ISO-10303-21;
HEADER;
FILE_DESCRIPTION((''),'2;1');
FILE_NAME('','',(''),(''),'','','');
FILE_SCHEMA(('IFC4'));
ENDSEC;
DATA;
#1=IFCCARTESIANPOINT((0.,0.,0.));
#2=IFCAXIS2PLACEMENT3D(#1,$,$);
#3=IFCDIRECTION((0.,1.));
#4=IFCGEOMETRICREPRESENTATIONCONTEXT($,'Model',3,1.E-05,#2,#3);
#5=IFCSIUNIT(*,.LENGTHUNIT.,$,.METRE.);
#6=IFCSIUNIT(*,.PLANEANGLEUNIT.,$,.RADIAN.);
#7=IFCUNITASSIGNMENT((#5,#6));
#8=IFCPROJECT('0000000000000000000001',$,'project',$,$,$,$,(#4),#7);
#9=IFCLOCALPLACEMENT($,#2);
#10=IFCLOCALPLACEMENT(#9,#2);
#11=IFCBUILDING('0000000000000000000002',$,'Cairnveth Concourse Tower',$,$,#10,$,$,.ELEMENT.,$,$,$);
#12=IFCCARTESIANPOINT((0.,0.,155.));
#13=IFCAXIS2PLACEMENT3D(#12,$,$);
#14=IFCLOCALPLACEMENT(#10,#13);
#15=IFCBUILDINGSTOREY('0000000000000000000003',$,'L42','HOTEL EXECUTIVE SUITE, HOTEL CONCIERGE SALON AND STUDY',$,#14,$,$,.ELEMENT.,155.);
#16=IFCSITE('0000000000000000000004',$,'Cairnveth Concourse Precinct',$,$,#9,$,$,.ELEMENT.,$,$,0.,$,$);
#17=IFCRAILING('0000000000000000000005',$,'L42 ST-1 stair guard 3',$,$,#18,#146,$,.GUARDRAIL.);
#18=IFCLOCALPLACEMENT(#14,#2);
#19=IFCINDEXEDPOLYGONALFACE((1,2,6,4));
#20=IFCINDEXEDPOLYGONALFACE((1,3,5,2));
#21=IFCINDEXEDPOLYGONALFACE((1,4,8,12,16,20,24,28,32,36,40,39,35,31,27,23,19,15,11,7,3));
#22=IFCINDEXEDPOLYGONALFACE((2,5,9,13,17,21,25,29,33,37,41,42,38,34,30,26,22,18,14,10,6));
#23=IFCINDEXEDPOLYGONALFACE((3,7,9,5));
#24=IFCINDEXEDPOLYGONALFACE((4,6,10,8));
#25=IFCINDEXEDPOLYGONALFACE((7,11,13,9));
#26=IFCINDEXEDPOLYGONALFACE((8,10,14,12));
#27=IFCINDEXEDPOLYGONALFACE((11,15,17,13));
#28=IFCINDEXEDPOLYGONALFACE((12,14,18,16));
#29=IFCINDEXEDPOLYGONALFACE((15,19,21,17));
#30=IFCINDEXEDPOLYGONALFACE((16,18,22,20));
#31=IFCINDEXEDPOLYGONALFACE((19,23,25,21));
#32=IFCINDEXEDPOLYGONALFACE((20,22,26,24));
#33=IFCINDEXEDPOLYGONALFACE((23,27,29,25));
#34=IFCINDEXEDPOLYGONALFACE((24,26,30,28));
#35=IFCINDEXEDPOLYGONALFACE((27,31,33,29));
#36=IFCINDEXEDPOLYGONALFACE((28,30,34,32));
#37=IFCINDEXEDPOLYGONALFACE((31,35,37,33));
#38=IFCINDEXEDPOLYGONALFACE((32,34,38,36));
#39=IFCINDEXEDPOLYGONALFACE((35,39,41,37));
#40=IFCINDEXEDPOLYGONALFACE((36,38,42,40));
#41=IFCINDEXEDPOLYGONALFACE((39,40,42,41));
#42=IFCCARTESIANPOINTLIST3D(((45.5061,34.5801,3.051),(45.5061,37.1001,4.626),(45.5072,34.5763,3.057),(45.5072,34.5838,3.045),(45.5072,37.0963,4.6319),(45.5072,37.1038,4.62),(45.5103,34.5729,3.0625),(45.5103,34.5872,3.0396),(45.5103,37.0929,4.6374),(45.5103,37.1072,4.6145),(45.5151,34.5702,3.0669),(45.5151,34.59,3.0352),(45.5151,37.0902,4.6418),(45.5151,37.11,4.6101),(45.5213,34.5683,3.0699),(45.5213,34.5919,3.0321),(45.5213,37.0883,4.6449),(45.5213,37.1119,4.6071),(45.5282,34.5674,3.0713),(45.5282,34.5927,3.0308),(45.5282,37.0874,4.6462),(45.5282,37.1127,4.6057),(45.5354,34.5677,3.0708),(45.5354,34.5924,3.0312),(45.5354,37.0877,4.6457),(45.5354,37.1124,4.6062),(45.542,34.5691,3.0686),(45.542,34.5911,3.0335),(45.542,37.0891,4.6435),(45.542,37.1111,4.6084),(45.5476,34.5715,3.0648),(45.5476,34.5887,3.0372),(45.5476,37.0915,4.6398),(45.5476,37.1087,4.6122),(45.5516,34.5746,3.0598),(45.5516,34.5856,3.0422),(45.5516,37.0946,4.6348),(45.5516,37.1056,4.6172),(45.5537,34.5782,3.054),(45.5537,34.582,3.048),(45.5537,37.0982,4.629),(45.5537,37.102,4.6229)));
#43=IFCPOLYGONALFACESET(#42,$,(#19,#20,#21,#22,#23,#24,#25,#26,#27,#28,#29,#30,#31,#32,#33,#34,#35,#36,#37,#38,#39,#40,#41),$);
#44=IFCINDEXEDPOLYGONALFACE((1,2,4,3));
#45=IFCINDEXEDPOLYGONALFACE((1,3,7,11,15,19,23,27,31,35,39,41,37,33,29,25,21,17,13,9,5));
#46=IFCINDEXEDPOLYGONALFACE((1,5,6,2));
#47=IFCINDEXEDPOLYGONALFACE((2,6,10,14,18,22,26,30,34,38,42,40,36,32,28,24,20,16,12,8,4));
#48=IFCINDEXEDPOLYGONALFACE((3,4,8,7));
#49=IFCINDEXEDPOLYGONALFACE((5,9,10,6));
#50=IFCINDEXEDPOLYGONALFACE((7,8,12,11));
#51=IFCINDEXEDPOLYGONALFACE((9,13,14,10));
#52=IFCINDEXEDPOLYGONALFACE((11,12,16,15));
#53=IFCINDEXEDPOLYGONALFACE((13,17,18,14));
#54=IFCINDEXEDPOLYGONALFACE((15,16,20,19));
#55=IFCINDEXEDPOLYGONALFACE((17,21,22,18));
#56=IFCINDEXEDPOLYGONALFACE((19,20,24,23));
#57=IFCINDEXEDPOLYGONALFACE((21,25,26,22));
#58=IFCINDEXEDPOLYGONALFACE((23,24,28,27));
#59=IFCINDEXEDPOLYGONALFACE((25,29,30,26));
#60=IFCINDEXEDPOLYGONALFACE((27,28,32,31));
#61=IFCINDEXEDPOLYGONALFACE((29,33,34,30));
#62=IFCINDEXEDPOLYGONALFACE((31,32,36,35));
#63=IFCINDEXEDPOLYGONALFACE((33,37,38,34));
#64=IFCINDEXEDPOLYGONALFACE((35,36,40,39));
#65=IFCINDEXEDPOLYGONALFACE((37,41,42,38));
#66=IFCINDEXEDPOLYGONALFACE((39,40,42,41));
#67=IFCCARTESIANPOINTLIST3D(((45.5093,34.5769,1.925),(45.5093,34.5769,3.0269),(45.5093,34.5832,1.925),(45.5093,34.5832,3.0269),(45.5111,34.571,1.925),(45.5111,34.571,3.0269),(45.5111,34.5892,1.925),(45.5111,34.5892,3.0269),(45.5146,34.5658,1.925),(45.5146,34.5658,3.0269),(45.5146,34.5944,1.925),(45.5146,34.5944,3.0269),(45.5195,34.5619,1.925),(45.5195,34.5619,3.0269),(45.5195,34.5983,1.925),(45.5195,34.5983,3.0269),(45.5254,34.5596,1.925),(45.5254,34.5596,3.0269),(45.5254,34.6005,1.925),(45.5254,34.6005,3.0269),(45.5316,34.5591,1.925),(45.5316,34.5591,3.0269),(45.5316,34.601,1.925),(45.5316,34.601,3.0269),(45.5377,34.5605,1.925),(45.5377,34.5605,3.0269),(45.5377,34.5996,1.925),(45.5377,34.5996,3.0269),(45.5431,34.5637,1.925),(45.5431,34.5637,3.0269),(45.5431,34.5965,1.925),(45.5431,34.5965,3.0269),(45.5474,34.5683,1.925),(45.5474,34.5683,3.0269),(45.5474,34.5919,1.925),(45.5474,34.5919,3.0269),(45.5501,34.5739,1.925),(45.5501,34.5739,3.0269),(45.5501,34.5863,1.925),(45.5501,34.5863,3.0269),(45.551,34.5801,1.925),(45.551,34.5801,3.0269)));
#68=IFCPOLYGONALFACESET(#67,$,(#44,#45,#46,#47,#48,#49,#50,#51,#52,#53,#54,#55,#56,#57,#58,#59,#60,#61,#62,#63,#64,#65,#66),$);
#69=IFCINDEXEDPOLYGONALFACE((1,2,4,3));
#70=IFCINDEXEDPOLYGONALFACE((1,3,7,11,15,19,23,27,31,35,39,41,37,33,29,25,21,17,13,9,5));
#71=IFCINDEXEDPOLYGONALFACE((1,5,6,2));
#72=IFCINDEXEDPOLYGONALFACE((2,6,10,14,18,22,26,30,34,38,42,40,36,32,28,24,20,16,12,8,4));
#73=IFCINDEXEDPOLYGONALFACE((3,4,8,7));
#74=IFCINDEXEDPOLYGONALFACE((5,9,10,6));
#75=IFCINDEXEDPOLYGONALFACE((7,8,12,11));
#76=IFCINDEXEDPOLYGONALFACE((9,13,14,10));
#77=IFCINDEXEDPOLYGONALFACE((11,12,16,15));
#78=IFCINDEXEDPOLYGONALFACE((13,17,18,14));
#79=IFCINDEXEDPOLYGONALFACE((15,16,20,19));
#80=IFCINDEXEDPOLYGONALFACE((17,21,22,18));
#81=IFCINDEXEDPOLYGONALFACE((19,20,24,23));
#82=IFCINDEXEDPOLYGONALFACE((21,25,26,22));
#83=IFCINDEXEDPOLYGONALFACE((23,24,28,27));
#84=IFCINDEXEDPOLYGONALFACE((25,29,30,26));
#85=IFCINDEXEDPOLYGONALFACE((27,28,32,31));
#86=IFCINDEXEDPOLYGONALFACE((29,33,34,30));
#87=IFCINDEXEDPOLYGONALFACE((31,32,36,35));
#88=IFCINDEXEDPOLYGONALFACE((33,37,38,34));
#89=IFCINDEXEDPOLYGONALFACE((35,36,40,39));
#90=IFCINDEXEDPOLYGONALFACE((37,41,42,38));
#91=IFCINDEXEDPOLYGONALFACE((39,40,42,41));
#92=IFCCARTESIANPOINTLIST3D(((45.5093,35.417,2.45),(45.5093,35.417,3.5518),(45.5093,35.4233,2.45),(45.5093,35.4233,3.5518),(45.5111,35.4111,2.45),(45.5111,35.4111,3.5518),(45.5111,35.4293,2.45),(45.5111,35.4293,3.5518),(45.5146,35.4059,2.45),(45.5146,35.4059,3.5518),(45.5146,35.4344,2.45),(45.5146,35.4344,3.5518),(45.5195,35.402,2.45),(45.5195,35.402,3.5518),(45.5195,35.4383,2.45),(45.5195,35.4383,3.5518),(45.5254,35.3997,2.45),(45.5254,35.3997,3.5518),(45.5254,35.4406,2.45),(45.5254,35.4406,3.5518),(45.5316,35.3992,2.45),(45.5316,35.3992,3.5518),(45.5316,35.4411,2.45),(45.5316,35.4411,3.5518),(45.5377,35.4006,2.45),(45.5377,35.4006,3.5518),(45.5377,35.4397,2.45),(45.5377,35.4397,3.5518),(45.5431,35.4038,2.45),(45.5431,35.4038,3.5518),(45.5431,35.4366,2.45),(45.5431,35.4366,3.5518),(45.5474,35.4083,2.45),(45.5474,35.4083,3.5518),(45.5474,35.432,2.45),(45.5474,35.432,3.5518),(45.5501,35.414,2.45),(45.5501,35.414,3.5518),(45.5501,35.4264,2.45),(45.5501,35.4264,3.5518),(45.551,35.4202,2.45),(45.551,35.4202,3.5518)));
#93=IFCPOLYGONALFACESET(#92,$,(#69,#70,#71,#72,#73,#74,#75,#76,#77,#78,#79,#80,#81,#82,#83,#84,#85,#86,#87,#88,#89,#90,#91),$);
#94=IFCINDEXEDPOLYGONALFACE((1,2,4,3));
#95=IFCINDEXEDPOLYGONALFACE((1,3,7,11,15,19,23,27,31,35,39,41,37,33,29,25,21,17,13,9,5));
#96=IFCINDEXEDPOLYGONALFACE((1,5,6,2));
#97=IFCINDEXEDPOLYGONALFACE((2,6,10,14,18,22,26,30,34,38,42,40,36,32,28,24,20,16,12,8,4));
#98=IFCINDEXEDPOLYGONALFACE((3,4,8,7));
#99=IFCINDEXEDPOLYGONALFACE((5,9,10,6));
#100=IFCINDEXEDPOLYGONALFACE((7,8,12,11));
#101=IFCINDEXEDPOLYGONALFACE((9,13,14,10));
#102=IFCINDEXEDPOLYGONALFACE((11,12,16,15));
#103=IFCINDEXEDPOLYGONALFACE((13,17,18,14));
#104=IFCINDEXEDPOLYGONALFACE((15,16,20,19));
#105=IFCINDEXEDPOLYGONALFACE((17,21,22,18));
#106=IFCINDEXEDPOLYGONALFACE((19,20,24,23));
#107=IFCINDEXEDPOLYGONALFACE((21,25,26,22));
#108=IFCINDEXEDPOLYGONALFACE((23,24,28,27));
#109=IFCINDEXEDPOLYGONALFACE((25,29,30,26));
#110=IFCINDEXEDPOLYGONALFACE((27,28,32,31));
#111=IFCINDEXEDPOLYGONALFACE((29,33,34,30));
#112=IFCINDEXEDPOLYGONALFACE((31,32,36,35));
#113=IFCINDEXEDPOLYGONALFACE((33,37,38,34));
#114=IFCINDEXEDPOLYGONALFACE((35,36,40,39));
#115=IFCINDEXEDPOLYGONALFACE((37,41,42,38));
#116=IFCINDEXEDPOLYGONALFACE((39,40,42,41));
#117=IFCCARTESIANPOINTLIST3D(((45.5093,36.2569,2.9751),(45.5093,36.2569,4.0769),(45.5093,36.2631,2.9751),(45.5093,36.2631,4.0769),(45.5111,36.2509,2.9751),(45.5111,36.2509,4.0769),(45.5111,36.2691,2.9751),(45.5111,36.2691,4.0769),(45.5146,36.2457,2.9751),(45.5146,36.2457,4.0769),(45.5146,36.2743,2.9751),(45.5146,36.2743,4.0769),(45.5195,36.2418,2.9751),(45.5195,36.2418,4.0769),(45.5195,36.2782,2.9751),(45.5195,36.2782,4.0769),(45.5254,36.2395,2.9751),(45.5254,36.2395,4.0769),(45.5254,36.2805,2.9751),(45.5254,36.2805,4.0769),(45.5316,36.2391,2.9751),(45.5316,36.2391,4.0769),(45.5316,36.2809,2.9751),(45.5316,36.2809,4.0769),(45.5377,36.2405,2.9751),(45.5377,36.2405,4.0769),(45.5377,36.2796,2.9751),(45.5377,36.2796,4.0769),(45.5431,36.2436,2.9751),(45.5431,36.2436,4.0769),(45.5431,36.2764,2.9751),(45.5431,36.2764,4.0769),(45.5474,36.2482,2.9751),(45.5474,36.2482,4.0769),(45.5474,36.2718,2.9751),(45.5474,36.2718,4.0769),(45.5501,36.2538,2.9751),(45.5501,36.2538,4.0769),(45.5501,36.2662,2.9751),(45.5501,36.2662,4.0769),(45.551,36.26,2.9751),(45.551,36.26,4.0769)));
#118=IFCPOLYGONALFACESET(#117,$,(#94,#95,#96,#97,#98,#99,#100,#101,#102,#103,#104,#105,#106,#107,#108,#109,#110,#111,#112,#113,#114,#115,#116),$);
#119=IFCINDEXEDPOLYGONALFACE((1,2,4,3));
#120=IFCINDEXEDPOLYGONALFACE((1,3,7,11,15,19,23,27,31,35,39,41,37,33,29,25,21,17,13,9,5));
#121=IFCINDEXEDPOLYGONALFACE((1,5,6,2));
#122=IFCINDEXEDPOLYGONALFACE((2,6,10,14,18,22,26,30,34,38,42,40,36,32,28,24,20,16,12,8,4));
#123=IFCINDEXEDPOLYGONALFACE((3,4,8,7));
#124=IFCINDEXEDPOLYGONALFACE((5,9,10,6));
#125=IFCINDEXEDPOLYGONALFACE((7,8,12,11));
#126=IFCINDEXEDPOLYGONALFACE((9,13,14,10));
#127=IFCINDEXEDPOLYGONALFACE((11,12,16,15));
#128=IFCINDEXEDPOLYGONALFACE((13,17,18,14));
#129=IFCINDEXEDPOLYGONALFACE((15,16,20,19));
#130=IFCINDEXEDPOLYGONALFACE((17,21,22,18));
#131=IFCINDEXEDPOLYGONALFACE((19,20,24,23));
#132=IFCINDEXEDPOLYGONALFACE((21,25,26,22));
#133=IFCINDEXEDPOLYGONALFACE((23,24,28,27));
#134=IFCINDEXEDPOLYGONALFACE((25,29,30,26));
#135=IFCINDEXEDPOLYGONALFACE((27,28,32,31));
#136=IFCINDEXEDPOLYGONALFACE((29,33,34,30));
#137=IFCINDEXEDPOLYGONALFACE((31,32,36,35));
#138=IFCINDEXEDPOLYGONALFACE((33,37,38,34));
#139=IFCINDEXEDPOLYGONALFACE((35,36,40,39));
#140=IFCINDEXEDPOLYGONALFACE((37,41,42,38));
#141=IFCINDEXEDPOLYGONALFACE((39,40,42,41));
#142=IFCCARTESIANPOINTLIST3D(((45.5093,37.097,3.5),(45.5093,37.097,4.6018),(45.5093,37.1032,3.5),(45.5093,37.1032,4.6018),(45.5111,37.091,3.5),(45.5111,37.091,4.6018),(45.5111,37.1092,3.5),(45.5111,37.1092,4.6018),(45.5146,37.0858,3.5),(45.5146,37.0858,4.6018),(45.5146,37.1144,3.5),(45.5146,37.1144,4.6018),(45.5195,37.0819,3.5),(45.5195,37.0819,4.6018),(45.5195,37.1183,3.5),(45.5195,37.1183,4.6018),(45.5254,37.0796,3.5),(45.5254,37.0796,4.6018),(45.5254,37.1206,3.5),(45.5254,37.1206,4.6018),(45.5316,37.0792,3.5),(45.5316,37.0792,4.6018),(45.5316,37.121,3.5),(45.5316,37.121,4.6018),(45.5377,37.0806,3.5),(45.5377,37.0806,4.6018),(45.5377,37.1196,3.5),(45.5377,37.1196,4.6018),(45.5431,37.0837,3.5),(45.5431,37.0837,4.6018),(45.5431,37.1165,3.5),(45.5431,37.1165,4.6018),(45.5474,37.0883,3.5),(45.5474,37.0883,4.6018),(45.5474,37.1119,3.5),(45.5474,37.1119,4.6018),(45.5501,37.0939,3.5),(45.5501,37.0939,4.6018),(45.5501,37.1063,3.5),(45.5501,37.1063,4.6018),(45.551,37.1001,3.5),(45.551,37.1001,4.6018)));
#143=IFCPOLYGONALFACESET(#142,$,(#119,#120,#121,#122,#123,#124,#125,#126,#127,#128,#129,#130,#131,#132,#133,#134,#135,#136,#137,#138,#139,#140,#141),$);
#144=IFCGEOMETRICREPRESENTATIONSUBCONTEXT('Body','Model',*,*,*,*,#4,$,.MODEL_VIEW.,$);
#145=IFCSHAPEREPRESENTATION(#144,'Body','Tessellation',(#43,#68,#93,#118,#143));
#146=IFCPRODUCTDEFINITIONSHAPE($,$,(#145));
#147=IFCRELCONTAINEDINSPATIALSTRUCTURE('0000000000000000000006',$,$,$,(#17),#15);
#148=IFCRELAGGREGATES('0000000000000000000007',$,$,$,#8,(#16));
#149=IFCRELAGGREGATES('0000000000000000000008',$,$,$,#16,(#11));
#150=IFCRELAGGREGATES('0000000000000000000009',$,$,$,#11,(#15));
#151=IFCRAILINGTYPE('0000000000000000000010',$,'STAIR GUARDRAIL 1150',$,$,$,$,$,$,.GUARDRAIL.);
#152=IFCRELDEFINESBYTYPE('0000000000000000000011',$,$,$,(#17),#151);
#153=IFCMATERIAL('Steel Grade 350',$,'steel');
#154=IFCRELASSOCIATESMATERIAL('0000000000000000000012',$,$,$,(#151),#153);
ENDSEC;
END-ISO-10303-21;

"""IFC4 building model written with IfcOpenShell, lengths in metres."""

from ifc_helpers import new_model, si_unit, direction, frame, origin, origin_2d, place, context, subcontext, project, spatial, circle, extrude, material, type_object, element, save


model = new_model("IFC4")

# Units and contexts
model_context = context("Model", 3, precision=1e-05, world=origin(), true_north=direction((0.0, 1.0)))
body_context = subcontext(model_context, "Body", "Model", "MODEL_VIEW")
ifc_project = project(units=[si_unit("LENGTHUNIT", "METRE"), si_unit("PLANEANGLEUNIT", "RADIAN")], contexts=[model_context])

# Site, building, storey
site_placement = place(None, origin())
site = spatial("IfcSite", under=ifc_project, at=site_placement, Name="Cairnveth Concourse Precinct", CompositionType="ELEMENT", RefElevation=0.0)
building_placement = place(site_placement, origin())
building = spatial("IfcBuilding", under=site, at=building_placement, Name="Cairnveth Concourse Tower", CompositionType="ELEMENT")
storey_placement = place(building_placement, frame((0.0, 0.0, 155.0)))
storey = spatial("IfcBuildingStorey", under=building, at=storey_placement, Name="L42", Description="HOTEL EXECUTIVE SUITE, HOTEL CONCIERGE SALON AND STUDY", CompositionType="ELEMENT", Elevation=155.0)

# Railing
ifc_material_1 = material(Name="Steel Grade 350", Category="steel")
railing_type = type_object("IfcRailingType", Name="STAIR GUARDRAIL 1150", PredefinedType="GUARDRAIL", material=ifc_material_1)
railing_1_placement = place(storey_placement, frame((45.53, 34.5801, 1.925)))
element("IfcRailing", 1, at=railing_1_placement, inside=storey, type_object=railing_type, Name="L42 ST-1 stair guard 3", PredefinedType="GUARDRAIL", context=body_context, shape_type="SweptSolid", body=[
    extrude(circle(Radius=0.0239, at=origin_2d()), frame((0.0, 0.0, 1.126), z_axis=(0.0, 0.848008, 0.529984), x_axis=(-1.0, 0.0, 0.0)), (0.0, 0.0, 1.0), 2.9717),
    extrude(circle(Radius=0.021, at=origin_2d()), origin(), (0.0, 0.0, 1.0), 1.1018),
    extrude(circle(Radius=0.021, at=origin_2d()), frame((0.0, 0.8401, 0.5249)), (0.0, 0.0, 1.0), 1.1018),
    extrude(circle(Radius=0.021, at=origin_2d()), frame((0.0, 1.6799, 1.05)), (0.0, 0.0, 1.0), 1.1018),
    extrude(circle(Radius=0.021, at=origin_2d()), frame((0.0, 2.52, 1.575)), (0.0, 0.0, 1.0), 1.1018),
])

save(model, "model.ifc")
